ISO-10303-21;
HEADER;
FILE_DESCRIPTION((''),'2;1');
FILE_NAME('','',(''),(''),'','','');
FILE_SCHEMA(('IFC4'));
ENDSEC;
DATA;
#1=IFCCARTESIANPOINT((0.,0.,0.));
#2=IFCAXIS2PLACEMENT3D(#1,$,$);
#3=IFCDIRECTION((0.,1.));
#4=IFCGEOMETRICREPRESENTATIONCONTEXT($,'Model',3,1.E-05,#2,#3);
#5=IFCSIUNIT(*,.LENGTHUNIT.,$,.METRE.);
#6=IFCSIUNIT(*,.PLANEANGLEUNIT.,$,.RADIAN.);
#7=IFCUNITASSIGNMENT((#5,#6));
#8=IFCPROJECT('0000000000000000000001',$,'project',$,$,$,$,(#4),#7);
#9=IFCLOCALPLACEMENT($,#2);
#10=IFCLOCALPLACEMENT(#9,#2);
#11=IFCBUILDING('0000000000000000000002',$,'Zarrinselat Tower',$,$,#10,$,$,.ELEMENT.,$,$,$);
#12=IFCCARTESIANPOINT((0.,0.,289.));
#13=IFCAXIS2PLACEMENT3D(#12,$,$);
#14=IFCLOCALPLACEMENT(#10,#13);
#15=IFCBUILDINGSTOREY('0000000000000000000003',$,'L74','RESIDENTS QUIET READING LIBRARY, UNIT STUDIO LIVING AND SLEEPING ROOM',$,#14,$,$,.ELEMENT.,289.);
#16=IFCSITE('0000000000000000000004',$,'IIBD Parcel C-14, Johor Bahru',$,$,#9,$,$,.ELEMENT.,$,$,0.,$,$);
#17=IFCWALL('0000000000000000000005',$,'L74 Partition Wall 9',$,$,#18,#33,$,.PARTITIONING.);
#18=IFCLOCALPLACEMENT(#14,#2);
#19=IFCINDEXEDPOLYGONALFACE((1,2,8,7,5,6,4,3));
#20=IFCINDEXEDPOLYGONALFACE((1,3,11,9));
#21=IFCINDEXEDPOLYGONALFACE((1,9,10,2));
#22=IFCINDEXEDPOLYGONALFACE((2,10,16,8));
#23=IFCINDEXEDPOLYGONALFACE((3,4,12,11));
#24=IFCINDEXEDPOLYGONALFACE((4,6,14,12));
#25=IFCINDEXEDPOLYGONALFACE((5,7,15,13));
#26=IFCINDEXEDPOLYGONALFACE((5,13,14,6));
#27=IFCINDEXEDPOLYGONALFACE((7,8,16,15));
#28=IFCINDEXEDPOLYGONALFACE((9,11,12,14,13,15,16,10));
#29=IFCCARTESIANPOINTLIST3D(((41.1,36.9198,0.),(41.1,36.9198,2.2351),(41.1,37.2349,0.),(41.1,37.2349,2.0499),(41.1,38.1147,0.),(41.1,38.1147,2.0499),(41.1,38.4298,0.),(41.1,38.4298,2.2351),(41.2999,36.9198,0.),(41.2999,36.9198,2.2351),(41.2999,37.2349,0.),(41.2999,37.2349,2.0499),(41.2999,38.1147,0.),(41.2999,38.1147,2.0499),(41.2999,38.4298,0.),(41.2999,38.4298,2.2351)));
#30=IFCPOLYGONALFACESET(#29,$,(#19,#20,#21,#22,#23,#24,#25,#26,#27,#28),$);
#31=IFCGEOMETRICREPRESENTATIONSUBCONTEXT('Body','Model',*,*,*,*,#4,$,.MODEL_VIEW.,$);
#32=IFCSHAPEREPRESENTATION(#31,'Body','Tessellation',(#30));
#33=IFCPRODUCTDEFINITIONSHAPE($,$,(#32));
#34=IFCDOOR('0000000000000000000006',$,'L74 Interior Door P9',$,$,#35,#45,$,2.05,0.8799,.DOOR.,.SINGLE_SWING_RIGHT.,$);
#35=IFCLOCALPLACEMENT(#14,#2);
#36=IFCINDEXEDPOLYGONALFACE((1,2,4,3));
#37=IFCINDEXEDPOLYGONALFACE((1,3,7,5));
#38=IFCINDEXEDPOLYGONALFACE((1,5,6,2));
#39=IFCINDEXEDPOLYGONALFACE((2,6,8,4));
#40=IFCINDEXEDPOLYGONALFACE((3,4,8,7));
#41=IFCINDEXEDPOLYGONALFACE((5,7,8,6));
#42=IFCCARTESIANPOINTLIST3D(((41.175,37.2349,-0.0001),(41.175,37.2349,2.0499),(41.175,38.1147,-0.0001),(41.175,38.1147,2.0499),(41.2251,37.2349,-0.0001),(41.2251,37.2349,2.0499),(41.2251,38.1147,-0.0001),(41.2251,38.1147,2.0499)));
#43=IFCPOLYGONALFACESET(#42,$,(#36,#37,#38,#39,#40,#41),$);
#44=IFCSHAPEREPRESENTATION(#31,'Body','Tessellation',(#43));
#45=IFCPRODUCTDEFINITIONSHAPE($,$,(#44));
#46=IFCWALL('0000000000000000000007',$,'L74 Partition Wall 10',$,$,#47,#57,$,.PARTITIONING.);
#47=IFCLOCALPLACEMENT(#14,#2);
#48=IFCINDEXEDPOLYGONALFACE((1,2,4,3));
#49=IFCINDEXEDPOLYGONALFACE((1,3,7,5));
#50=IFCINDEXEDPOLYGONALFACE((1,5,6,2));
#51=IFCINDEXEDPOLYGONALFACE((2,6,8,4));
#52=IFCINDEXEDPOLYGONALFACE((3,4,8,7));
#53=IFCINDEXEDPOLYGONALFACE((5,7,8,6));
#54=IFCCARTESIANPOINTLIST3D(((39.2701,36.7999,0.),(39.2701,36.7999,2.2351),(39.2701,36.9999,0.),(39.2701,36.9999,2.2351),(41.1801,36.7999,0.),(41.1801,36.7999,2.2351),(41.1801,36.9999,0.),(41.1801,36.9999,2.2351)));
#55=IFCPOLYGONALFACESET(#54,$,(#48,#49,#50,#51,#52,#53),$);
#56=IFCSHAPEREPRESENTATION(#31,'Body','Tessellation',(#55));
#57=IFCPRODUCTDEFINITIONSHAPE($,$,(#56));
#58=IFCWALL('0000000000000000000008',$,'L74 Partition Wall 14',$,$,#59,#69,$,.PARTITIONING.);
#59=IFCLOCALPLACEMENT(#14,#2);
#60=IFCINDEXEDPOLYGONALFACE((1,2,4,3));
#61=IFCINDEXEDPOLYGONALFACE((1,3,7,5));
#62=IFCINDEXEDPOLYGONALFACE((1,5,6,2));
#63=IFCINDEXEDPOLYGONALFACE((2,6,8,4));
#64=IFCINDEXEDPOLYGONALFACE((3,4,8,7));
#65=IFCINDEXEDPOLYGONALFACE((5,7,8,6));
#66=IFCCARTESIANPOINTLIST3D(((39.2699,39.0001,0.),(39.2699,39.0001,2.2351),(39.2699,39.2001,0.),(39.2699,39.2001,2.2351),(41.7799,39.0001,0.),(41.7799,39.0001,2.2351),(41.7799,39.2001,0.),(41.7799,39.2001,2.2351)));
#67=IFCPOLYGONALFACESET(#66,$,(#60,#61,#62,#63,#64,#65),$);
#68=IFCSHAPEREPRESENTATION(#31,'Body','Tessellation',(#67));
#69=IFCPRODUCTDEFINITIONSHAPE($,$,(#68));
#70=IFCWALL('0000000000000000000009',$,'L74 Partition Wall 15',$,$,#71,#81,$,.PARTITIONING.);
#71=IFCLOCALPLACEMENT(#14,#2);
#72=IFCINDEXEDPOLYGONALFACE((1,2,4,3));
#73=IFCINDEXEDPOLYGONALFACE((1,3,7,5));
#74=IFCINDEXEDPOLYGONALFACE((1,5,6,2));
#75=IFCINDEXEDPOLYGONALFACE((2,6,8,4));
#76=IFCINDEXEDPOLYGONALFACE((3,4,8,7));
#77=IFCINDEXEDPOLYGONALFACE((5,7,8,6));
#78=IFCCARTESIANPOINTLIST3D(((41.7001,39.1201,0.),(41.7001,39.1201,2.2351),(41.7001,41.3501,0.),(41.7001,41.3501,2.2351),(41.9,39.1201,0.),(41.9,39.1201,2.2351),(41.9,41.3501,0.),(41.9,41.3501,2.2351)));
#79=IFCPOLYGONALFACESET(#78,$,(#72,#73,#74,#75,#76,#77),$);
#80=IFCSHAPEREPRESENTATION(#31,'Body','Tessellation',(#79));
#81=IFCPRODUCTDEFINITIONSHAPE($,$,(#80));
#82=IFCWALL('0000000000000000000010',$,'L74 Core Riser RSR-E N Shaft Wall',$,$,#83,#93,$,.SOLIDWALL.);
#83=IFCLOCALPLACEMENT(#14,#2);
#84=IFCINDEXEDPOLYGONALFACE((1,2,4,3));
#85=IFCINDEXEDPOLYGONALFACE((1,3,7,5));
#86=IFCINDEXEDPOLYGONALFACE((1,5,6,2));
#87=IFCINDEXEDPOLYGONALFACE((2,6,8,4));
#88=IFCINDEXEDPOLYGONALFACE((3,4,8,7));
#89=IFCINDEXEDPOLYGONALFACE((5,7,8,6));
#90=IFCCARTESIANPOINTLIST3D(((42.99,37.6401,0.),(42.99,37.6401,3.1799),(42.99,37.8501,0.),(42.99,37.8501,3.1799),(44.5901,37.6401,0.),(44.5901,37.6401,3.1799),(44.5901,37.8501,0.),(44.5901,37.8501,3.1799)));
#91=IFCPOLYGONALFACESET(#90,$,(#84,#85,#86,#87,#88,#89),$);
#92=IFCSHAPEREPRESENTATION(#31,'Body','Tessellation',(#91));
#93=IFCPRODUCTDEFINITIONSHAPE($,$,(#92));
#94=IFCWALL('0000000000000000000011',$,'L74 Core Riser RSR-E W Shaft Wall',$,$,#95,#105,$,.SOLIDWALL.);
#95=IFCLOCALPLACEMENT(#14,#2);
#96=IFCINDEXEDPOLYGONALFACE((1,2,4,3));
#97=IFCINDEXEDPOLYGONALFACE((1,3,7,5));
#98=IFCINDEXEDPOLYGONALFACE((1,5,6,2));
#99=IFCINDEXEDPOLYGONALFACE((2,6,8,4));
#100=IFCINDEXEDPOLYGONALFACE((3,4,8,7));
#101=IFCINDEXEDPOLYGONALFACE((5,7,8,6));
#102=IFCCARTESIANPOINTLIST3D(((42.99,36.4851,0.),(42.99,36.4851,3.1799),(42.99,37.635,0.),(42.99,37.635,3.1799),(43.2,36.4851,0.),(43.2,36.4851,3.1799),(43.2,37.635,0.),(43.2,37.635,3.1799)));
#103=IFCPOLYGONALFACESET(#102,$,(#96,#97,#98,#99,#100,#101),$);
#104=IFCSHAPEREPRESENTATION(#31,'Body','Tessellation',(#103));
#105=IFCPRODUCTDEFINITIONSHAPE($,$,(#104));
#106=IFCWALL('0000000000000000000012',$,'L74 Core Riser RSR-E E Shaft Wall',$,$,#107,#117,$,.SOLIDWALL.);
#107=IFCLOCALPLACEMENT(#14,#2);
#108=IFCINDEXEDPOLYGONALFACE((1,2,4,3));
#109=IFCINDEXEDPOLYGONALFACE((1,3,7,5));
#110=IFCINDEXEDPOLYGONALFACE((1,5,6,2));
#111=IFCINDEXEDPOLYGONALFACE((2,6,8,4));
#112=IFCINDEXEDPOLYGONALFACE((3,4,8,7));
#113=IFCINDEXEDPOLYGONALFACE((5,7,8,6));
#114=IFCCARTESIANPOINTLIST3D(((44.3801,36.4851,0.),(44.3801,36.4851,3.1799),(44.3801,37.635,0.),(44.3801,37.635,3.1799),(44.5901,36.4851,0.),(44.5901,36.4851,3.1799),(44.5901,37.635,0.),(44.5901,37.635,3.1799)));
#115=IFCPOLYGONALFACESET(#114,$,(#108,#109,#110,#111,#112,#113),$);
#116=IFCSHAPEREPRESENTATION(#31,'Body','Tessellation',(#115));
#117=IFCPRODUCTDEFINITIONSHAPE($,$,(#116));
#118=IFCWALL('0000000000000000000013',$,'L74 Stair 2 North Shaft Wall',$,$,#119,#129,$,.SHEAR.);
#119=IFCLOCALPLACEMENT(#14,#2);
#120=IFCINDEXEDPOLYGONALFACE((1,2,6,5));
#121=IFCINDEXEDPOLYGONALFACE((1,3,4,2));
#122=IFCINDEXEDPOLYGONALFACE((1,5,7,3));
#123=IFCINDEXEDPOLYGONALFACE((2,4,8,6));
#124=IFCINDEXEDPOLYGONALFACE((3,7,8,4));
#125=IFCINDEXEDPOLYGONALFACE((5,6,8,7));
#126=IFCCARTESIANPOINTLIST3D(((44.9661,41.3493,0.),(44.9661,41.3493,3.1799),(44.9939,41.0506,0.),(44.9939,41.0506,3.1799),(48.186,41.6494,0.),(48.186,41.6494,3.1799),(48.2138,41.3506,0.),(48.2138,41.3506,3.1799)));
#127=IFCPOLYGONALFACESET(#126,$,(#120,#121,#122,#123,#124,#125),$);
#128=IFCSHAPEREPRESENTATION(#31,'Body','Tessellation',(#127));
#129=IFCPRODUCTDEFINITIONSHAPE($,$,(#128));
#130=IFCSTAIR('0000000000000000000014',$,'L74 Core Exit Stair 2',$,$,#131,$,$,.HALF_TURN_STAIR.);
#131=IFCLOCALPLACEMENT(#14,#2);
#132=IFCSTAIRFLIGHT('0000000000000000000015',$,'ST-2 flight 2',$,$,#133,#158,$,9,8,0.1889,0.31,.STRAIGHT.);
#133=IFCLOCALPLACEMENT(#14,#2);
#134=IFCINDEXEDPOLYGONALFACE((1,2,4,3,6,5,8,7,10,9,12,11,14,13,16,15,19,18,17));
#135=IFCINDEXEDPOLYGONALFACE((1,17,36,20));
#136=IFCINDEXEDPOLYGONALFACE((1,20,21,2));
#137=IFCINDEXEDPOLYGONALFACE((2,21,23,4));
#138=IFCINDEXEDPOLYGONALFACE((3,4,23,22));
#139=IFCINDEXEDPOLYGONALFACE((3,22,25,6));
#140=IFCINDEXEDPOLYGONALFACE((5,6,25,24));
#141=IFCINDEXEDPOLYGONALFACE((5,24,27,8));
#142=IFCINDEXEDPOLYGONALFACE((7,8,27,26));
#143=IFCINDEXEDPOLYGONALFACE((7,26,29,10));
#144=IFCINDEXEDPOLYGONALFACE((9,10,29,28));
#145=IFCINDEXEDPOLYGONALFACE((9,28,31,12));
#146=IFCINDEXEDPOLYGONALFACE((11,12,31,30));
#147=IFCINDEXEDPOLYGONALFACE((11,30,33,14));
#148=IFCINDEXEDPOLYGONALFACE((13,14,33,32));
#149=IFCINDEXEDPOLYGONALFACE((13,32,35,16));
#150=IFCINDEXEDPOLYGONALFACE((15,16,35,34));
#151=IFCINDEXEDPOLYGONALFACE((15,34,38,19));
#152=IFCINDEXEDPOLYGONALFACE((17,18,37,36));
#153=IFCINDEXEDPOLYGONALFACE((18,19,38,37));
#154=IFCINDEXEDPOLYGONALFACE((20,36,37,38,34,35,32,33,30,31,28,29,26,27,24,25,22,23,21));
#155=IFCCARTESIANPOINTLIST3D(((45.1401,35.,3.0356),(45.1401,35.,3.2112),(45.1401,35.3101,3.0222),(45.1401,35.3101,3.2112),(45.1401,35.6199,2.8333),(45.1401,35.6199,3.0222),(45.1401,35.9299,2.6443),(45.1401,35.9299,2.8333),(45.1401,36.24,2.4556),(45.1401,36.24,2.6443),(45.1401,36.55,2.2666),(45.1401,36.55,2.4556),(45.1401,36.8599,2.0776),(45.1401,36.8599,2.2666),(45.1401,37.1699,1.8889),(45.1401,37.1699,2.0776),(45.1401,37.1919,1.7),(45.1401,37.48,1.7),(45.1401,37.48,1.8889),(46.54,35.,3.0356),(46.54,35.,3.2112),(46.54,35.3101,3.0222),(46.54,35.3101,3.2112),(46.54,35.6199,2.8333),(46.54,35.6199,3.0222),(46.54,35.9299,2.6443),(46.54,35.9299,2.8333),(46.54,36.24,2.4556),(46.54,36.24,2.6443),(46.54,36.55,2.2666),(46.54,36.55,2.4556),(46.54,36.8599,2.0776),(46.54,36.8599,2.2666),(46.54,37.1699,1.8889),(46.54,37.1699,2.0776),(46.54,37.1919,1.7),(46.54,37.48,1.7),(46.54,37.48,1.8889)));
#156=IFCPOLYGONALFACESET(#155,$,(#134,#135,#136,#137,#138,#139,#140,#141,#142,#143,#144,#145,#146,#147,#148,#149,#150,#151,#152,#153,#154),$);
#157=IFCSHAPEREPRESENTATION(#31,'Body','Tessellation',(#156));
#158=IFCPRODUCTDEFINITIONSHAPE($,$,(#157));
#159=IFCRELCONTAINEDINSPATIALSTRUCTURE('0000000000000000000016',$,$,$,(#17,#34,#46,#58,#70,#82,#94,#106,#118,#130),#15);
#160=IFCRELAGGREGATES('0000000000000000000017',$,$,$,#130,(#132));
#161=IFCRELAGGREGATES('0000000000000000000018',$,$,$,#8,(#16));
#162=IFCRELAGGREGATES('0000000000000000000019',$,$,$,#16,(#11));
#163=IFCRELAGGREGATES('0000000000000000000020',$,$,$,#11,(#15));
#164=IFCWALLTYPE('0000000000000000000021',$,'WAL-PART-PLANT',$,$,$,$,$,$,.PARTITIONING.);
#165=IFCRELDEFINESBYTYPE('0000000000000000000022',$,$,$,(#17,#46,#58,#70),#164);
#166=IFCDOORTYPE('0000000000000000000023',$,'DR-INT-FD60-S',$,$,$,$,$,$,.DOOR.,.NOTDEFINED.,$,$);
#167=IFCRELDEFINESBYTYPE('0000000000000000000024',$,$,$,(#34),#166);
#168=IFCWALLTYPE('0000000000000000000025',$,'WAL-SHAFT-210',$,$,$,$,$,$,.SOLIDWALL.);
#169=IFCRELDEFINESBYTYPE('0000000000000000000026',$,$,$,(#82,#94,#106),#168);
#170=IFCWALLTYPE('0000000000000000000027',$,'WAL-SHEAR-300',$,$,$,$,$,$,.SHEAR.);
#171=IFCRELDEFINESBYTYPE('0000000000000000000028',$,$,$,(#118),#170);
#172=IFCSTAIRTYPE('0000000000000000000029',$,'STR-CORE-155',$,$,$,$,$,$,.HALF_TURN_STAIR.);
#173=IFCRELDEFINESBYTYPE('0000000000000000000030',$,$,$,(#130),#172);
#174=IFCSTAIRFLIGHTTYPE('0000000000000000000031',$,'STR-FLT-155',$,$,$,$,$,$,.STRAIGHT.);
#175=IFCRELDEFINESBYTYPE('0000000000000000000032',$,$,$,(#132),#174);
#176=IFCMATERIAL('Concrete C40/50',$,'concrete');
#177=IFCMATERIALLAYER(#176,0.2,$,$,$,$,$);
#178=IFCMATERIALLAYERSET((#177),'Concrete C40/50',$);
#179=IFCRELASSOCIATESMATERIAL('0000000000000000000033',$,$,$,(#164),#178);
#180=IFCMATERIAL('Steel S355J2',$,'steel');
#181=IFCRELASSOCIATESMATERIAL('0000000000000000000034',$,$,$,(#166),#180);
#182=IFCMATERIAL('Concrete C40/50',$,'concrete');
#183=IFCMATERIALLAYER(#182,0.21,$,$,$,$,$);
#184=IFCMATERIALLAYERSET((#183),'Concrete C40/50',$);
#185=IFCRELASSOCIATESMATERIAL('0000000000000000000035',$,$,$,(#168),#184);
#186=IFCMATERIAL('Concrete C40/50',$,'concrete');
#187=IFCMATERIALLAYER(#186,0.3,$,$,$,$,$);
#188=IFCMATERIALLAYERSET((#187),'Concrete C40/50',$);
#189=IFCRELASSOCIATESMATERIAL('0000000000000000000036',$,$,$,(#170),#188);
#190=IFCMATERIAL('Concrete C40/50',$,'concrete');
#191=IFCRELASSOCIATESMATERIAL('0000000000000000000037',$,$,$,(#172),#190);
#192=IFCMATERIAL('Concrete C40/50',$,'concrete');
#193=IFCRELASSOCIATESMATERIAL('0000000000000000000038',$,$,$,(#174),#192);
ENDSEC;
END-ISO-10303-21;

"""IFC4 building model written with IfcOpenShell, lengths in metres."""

from ifc_helpers import new_model, si_unit, direction, frame, frame_2d, origin, place, context, subcontext, project, spatial, polyline, rectangle, outline, extrude, material, layer, layer_set, type_object, element, fill, aggregate, save


model = new_model("IFC4")

# Units and contexts
model_context = context("Model", 3, precision=1e-05, world=origin(), true_north=direction((0.0, 1.0)))
body_context = subcontext(model_context, "Body", "Model", "MODEL_VIEW")
ifc_project = project(units=[si_unit("LENGTHUNIT", "METRE"), si_unit("PLANEANGLEUNIT", "RADIAN")], contexts=[model_context])

# Site, building, storey
site_placement = place(None, origin())
site = spatial("IfcSite", under=ifc_project, at=site_placement, Name="IIBD Parcel C-14, Johor Bahru", CompositionType="ELEMENT", RefElevation=0.0)
building_placement = place(site_placement, origin())
building = spatial("IfcBuilding", under=site, at=building_placement, Name="Zarrinselat Tower", CompositionType="ELEMENT")
storey_placement = place(building_placement, frame((0.0, 0.0, 289.0)))
storey = spatial("IfcBuildingStorey", under=building, at=storey_placement, Name="L74", Description="RESIDENTS QUIET READING LIBRARY, UNIT STUDIO LIVING AND SLEEPING ROOM", CompositionType="ELEMENT", Elevation=289.0)

# Shared definitions
ifc_material_1 = material(Name="Concrete C40/50", Category="concrete")
ifc_layer_1 = layer(ifc_material_1, 0.2)
ifc_layer_set_1 = layer_set([ifc_layer_1], Name="Concrete C40/50")
wall_type_1 = type_object("IfcWallType", Name="WAL-PART-PLANT", PredefinedType="PARTITIONING", material=ifc_layer_set_1)
ifc_material_2 = material(Name="Steel S355J2", Category="steel")
door_type_1 = type_object("IfcDoorType", Name="DR-INT-FD60-S", OperationType="NOTDEFINED", PredefinedType="DOOR", material=ifc_material_2)

# Wall, opening, door
wall_1_placement = place(storey_placement, frame((41.2, 36.9199, 0.0), z_axis=(0.0, 0.0, 1.0), x_axis=(0.0, 1.0, 0.0)))
wall_1 = element("IfcWall", 1, at=wall_1_placement, inside=storey, type_object=wall_type_1, Name="L74 Partition Wall 9", PredefinedType="PARTITIONING", context=body_context, shape_type="SweptSolid", body=[
    extrude(rectangle(XDim=1.51, YDim=0.2, at=frame_2d((0.7549, 0.0))), origin(), (0.0, 0.0, 1.0), 2.2351),
])
opening_1_placement = place(wall_1_placement, frame((0.3149, 0.0, 0.0)))
opening_1 = element("IfcOpeningElement", 2, at=opening_1_placement, cuts=wall_1, PredefinedType="OPENING", context=body_context, shape_type="SweptSolid", body=[
    extrude(rectangle(XDim=0.8799, YDim=2.05, at=frame_2d((0.4399, 1.0249))), frame((0.0, 0.1099, 0.0), z_axis=(0.0, -1.0, 0.0), x_axis=(1.0, 0.0, 0.0)), (0.0, 0.0, 1.0), 0.22),
])
door_1_placement = place(opening_1_placement, origin())
door_1 = element("IfcDoor", 3, at=door_1_placement, inside=storey, type_object=door_type_1, Name="L74 Interior Door P9", OperationType="SINGLE_SWING_RIGHT", OverallHeight=2.05, OverallWidth=0.8799, PredefinedType="DOOR", context=body_context, shape_type="SweptSolid", body=[
    extrude(rectangle(XDim=0.8799, YDim=2.05, at=frame_2d((0.4399, 1.0249))), frame((0.0, 0.0249, 0.0), z_axis=(0.0, -1.0, 0.0), x_axis=(1.0, 0.0, 0.0)), (0.0, 0.0, 1.0), 0.05),
])
fill(opening_1, door_1)

# Walls
wall_2_placement = place(storey_placement, frame((39.27, 36.8999, 0.0), z_axis=(0.0, 0.0, 1.0), x_axis=(1.0, 0.0, 0.0)))
element("IfcWall", 4, at=wall_2_placement, inside=storey, type_object=wall_type_1, Name="L74 Partition Wall 10", PredefinedType="PARTITIONING", context=body_context, shape_type="SweptSolid", body=[
    extrude(rectangle(XDim=1.9099, YDim=0.2, at=frame_2d((0.9551, 0.0))), origin(), (0.0, 0.0, 1.0), 2.2351),
])
wall_3_placement = place(storey_placement, frame((39.27, 39.1001, 0.0), z_axis=(0.0, 0.0, 1.0), x_axis=(1.0, 0.0, 0.0)))
element("IfcWall", 5, at=wall_3_placement, inside=storey, type_object=wall_type_1, Name="L74 Partition Wall 14", PredefinedType="PARTITIONING", context=body_context, shape_type="SweptSolid", body=[
    extrude(rectangle(XDim=2.51, YDim=0.2, at=frame_2d((1.2549, 0.0))), origin(), (0.0, 0.0, 1.0), 2.2351),
])
wall_4_placement = place(storey_placement, frame((41.8, 39.1201, 0.0), z_axis=(0.0, 0.0, 1.0), x_axis=(0.0, 1.0, 0.0)))
element("IfcWall", 6, at=wall_4_placement, inside=storey, type_object=wall_type_1, Name="L74 Partition Wall 15", PredefinedType="PARTITIONING", context=body_context, shape_type="SweptSolid", body=[
    extrude(rectangle(XDim=2.23, YDim=0.2, at=frame_2d((1.115, 0.0))), origin(), (0.0, 0.0, 1.0), 2.2351),
])
ifc_material_3 = material(Name="Concrete C40/50", Category="concrete")
ifc_layer_2 = layer(ifc_material_3, 0.21)
ifc_layer_set_2 = layer_set([ifc_layer_2], Name="Concrete C40/50")
wall_type_2 = type_object("IfcWallType", Name="WAL-SHAFT-210", PredefinedType="SOLIDWALL", material=ifc_layer_set_2)
wall_5_placement = place(storey_placement, frame((42.99, 37.7451, 0.0), z_axis=(0.0, 0.0, 1.0), x_axis=(1.0, 0.0, 0.0)))
element("IfcWall", 7, at=wall_5_placement, inside=storey, type_object=wall_type_2, Name="L74 Core Riser RSR-E N Shaft Wall", PredefinedType="SOLIDWALL", context=body_context, shape_type="SweptSolid", body=[
    extrude(rectangle(XDim=1.6001, YDim=0.21, at=frame_2d((0.8, 0.0))), origin(), (0.0, 0.0, 1.0), 3.1799),
])
for number, where, z_axis, x_axis, name in (
    (8, (43.095, 36.4851, 0.0), (0.0, 0.0, 1.0), (0.0, 1.0, 0.0), "L74 Core Riser RSR-E W Shaft Wall"),
    (9, (44.4851, 36.4851, 0.0), (0.0, 0.0, 1.0), (0.0, 1.0, 0.0), "L74 Core Riser RSR-E E Shaft Wall"),
):
    element("IfcWall", number, at=place(storey_placement, frame(where, z_axis=z_axis, x_axis=x_axis)), inside=storey, type_object=wall_type_2, Name=name, PredefinedType="SOLIDWALL", context=body_context, shape_type="SweptSolid", body=[
        extrude(rectangle(XDim=1.1499, YDim=0.21, at=frame_2d((0.575, 0.0))), origin(), (0.0, 0.0, 1.0), 3.1799),
    ])
ifc_material_4 = material(Name="Concrete C40/50", Category="concrete")
ifc_layer_3 = layer(ifc_material_4, 0.3)
ifc_layer_set_3 = layer_set([ifc_layer_3], Name="Concrete C40/50")
wall_type_3 = type_object("IfcWallType", Name="WAL-SHEAR-300", PredefinedType="SHEAR", material=ifc_layer_set_3)
wall_6_placement = place(storey_placement, frame((44.98, 41.2, 0.0), z_axis=(0.0, 0.0, 1.0), x_axis=(0.995686, 0.092782, 0.0)))
element("IfcWall", 10, at=wall_6_placement, inside=storey, type_object=wall_type_3, Name="L74 Stair 2 North Shaft Wall", PredefinedType="SHEAR", context=body_context, shape_type="SweptSolid", body=[
    extrude(rectangle(XDim=3.2339, YDim=0.3, at=frame_2d((1.6169, 0.0))), origin(), (0.0, 0.0, 1.0), 3.1799),
])

# Stair, stair flight
ifc_material_5 = material(Name="Concrete C40/50", Category="concrete")
stair_type = type_object("IfcStairType", Name="STR-CORE-155", PredefinedType="HALF_TURN_STAIR", material=ifc_material_5)
stair_placement = place(storey_placement, origin())
stair = element("IfcStair", 11, at=stair_placement, inside=storey, type_object=stair_type, Name="L74 Core Exit Stair 2", PredefinedType="HALF_TURN_STAIR")
ifc_material_6 = material(Name="Concrete C40/50", Category="concrete")
stair_flight_type = type_object("IfcStairFlightType", Name="STR-FLT-155", PredefinedType="STRAIGHT", material=ifc_material_6)
stair_flight_placement = place(storey_placement, frame((45.8401, 37.48, 1.7), z_axis=(0.0, 0.0, 1.0), x_axis=(0.0, -1.0, 0.0)))
stair_flight = element("IfcStairFlight", 12, at=stair_flight_placement, type_object=stair_flight_type, Name="ST-2 flight 2", NumberOfRisers=9, NumberOfTreads=8, PredefinedType="STRAIGHT", RiserHeight=0.1889, TreadLength=0.31, context=body_context, shape_type="SweptSolid", body=[
    extrude(outline(polyline([(0.0, 0.0), (0.0, 0.189), (0.3101, 0.189), (0.3101, 0.3777), (0.6201, 0.3777), (0.6201, 0.5667), (0.9299, 0.5667), (0.9299, 0.7556), (1.24, 0.7556), (1.24, 0.9443), (1.55, 0.9443), (1.55, 1.1333), (1.8601, 1.1333), (1.8601, 1.3223), (2.1699, 1.3223), (2.1699, 1.5112), (2.48, 1.5112), (2.48, 1.7), (2.48, 1.3357), (0.2881, 0.0), (0.0, 0.0)])), frame((0.0, 0.7, 0.0), z_axis=(0.0, -1.0, 0.0), x_axis=(1.0, 0.0, 0.0)), (0.0, 0.0, 1.0), 1.3999),
])
aggregate(stair, [stair_flight])

save(model, "model.ifc")
